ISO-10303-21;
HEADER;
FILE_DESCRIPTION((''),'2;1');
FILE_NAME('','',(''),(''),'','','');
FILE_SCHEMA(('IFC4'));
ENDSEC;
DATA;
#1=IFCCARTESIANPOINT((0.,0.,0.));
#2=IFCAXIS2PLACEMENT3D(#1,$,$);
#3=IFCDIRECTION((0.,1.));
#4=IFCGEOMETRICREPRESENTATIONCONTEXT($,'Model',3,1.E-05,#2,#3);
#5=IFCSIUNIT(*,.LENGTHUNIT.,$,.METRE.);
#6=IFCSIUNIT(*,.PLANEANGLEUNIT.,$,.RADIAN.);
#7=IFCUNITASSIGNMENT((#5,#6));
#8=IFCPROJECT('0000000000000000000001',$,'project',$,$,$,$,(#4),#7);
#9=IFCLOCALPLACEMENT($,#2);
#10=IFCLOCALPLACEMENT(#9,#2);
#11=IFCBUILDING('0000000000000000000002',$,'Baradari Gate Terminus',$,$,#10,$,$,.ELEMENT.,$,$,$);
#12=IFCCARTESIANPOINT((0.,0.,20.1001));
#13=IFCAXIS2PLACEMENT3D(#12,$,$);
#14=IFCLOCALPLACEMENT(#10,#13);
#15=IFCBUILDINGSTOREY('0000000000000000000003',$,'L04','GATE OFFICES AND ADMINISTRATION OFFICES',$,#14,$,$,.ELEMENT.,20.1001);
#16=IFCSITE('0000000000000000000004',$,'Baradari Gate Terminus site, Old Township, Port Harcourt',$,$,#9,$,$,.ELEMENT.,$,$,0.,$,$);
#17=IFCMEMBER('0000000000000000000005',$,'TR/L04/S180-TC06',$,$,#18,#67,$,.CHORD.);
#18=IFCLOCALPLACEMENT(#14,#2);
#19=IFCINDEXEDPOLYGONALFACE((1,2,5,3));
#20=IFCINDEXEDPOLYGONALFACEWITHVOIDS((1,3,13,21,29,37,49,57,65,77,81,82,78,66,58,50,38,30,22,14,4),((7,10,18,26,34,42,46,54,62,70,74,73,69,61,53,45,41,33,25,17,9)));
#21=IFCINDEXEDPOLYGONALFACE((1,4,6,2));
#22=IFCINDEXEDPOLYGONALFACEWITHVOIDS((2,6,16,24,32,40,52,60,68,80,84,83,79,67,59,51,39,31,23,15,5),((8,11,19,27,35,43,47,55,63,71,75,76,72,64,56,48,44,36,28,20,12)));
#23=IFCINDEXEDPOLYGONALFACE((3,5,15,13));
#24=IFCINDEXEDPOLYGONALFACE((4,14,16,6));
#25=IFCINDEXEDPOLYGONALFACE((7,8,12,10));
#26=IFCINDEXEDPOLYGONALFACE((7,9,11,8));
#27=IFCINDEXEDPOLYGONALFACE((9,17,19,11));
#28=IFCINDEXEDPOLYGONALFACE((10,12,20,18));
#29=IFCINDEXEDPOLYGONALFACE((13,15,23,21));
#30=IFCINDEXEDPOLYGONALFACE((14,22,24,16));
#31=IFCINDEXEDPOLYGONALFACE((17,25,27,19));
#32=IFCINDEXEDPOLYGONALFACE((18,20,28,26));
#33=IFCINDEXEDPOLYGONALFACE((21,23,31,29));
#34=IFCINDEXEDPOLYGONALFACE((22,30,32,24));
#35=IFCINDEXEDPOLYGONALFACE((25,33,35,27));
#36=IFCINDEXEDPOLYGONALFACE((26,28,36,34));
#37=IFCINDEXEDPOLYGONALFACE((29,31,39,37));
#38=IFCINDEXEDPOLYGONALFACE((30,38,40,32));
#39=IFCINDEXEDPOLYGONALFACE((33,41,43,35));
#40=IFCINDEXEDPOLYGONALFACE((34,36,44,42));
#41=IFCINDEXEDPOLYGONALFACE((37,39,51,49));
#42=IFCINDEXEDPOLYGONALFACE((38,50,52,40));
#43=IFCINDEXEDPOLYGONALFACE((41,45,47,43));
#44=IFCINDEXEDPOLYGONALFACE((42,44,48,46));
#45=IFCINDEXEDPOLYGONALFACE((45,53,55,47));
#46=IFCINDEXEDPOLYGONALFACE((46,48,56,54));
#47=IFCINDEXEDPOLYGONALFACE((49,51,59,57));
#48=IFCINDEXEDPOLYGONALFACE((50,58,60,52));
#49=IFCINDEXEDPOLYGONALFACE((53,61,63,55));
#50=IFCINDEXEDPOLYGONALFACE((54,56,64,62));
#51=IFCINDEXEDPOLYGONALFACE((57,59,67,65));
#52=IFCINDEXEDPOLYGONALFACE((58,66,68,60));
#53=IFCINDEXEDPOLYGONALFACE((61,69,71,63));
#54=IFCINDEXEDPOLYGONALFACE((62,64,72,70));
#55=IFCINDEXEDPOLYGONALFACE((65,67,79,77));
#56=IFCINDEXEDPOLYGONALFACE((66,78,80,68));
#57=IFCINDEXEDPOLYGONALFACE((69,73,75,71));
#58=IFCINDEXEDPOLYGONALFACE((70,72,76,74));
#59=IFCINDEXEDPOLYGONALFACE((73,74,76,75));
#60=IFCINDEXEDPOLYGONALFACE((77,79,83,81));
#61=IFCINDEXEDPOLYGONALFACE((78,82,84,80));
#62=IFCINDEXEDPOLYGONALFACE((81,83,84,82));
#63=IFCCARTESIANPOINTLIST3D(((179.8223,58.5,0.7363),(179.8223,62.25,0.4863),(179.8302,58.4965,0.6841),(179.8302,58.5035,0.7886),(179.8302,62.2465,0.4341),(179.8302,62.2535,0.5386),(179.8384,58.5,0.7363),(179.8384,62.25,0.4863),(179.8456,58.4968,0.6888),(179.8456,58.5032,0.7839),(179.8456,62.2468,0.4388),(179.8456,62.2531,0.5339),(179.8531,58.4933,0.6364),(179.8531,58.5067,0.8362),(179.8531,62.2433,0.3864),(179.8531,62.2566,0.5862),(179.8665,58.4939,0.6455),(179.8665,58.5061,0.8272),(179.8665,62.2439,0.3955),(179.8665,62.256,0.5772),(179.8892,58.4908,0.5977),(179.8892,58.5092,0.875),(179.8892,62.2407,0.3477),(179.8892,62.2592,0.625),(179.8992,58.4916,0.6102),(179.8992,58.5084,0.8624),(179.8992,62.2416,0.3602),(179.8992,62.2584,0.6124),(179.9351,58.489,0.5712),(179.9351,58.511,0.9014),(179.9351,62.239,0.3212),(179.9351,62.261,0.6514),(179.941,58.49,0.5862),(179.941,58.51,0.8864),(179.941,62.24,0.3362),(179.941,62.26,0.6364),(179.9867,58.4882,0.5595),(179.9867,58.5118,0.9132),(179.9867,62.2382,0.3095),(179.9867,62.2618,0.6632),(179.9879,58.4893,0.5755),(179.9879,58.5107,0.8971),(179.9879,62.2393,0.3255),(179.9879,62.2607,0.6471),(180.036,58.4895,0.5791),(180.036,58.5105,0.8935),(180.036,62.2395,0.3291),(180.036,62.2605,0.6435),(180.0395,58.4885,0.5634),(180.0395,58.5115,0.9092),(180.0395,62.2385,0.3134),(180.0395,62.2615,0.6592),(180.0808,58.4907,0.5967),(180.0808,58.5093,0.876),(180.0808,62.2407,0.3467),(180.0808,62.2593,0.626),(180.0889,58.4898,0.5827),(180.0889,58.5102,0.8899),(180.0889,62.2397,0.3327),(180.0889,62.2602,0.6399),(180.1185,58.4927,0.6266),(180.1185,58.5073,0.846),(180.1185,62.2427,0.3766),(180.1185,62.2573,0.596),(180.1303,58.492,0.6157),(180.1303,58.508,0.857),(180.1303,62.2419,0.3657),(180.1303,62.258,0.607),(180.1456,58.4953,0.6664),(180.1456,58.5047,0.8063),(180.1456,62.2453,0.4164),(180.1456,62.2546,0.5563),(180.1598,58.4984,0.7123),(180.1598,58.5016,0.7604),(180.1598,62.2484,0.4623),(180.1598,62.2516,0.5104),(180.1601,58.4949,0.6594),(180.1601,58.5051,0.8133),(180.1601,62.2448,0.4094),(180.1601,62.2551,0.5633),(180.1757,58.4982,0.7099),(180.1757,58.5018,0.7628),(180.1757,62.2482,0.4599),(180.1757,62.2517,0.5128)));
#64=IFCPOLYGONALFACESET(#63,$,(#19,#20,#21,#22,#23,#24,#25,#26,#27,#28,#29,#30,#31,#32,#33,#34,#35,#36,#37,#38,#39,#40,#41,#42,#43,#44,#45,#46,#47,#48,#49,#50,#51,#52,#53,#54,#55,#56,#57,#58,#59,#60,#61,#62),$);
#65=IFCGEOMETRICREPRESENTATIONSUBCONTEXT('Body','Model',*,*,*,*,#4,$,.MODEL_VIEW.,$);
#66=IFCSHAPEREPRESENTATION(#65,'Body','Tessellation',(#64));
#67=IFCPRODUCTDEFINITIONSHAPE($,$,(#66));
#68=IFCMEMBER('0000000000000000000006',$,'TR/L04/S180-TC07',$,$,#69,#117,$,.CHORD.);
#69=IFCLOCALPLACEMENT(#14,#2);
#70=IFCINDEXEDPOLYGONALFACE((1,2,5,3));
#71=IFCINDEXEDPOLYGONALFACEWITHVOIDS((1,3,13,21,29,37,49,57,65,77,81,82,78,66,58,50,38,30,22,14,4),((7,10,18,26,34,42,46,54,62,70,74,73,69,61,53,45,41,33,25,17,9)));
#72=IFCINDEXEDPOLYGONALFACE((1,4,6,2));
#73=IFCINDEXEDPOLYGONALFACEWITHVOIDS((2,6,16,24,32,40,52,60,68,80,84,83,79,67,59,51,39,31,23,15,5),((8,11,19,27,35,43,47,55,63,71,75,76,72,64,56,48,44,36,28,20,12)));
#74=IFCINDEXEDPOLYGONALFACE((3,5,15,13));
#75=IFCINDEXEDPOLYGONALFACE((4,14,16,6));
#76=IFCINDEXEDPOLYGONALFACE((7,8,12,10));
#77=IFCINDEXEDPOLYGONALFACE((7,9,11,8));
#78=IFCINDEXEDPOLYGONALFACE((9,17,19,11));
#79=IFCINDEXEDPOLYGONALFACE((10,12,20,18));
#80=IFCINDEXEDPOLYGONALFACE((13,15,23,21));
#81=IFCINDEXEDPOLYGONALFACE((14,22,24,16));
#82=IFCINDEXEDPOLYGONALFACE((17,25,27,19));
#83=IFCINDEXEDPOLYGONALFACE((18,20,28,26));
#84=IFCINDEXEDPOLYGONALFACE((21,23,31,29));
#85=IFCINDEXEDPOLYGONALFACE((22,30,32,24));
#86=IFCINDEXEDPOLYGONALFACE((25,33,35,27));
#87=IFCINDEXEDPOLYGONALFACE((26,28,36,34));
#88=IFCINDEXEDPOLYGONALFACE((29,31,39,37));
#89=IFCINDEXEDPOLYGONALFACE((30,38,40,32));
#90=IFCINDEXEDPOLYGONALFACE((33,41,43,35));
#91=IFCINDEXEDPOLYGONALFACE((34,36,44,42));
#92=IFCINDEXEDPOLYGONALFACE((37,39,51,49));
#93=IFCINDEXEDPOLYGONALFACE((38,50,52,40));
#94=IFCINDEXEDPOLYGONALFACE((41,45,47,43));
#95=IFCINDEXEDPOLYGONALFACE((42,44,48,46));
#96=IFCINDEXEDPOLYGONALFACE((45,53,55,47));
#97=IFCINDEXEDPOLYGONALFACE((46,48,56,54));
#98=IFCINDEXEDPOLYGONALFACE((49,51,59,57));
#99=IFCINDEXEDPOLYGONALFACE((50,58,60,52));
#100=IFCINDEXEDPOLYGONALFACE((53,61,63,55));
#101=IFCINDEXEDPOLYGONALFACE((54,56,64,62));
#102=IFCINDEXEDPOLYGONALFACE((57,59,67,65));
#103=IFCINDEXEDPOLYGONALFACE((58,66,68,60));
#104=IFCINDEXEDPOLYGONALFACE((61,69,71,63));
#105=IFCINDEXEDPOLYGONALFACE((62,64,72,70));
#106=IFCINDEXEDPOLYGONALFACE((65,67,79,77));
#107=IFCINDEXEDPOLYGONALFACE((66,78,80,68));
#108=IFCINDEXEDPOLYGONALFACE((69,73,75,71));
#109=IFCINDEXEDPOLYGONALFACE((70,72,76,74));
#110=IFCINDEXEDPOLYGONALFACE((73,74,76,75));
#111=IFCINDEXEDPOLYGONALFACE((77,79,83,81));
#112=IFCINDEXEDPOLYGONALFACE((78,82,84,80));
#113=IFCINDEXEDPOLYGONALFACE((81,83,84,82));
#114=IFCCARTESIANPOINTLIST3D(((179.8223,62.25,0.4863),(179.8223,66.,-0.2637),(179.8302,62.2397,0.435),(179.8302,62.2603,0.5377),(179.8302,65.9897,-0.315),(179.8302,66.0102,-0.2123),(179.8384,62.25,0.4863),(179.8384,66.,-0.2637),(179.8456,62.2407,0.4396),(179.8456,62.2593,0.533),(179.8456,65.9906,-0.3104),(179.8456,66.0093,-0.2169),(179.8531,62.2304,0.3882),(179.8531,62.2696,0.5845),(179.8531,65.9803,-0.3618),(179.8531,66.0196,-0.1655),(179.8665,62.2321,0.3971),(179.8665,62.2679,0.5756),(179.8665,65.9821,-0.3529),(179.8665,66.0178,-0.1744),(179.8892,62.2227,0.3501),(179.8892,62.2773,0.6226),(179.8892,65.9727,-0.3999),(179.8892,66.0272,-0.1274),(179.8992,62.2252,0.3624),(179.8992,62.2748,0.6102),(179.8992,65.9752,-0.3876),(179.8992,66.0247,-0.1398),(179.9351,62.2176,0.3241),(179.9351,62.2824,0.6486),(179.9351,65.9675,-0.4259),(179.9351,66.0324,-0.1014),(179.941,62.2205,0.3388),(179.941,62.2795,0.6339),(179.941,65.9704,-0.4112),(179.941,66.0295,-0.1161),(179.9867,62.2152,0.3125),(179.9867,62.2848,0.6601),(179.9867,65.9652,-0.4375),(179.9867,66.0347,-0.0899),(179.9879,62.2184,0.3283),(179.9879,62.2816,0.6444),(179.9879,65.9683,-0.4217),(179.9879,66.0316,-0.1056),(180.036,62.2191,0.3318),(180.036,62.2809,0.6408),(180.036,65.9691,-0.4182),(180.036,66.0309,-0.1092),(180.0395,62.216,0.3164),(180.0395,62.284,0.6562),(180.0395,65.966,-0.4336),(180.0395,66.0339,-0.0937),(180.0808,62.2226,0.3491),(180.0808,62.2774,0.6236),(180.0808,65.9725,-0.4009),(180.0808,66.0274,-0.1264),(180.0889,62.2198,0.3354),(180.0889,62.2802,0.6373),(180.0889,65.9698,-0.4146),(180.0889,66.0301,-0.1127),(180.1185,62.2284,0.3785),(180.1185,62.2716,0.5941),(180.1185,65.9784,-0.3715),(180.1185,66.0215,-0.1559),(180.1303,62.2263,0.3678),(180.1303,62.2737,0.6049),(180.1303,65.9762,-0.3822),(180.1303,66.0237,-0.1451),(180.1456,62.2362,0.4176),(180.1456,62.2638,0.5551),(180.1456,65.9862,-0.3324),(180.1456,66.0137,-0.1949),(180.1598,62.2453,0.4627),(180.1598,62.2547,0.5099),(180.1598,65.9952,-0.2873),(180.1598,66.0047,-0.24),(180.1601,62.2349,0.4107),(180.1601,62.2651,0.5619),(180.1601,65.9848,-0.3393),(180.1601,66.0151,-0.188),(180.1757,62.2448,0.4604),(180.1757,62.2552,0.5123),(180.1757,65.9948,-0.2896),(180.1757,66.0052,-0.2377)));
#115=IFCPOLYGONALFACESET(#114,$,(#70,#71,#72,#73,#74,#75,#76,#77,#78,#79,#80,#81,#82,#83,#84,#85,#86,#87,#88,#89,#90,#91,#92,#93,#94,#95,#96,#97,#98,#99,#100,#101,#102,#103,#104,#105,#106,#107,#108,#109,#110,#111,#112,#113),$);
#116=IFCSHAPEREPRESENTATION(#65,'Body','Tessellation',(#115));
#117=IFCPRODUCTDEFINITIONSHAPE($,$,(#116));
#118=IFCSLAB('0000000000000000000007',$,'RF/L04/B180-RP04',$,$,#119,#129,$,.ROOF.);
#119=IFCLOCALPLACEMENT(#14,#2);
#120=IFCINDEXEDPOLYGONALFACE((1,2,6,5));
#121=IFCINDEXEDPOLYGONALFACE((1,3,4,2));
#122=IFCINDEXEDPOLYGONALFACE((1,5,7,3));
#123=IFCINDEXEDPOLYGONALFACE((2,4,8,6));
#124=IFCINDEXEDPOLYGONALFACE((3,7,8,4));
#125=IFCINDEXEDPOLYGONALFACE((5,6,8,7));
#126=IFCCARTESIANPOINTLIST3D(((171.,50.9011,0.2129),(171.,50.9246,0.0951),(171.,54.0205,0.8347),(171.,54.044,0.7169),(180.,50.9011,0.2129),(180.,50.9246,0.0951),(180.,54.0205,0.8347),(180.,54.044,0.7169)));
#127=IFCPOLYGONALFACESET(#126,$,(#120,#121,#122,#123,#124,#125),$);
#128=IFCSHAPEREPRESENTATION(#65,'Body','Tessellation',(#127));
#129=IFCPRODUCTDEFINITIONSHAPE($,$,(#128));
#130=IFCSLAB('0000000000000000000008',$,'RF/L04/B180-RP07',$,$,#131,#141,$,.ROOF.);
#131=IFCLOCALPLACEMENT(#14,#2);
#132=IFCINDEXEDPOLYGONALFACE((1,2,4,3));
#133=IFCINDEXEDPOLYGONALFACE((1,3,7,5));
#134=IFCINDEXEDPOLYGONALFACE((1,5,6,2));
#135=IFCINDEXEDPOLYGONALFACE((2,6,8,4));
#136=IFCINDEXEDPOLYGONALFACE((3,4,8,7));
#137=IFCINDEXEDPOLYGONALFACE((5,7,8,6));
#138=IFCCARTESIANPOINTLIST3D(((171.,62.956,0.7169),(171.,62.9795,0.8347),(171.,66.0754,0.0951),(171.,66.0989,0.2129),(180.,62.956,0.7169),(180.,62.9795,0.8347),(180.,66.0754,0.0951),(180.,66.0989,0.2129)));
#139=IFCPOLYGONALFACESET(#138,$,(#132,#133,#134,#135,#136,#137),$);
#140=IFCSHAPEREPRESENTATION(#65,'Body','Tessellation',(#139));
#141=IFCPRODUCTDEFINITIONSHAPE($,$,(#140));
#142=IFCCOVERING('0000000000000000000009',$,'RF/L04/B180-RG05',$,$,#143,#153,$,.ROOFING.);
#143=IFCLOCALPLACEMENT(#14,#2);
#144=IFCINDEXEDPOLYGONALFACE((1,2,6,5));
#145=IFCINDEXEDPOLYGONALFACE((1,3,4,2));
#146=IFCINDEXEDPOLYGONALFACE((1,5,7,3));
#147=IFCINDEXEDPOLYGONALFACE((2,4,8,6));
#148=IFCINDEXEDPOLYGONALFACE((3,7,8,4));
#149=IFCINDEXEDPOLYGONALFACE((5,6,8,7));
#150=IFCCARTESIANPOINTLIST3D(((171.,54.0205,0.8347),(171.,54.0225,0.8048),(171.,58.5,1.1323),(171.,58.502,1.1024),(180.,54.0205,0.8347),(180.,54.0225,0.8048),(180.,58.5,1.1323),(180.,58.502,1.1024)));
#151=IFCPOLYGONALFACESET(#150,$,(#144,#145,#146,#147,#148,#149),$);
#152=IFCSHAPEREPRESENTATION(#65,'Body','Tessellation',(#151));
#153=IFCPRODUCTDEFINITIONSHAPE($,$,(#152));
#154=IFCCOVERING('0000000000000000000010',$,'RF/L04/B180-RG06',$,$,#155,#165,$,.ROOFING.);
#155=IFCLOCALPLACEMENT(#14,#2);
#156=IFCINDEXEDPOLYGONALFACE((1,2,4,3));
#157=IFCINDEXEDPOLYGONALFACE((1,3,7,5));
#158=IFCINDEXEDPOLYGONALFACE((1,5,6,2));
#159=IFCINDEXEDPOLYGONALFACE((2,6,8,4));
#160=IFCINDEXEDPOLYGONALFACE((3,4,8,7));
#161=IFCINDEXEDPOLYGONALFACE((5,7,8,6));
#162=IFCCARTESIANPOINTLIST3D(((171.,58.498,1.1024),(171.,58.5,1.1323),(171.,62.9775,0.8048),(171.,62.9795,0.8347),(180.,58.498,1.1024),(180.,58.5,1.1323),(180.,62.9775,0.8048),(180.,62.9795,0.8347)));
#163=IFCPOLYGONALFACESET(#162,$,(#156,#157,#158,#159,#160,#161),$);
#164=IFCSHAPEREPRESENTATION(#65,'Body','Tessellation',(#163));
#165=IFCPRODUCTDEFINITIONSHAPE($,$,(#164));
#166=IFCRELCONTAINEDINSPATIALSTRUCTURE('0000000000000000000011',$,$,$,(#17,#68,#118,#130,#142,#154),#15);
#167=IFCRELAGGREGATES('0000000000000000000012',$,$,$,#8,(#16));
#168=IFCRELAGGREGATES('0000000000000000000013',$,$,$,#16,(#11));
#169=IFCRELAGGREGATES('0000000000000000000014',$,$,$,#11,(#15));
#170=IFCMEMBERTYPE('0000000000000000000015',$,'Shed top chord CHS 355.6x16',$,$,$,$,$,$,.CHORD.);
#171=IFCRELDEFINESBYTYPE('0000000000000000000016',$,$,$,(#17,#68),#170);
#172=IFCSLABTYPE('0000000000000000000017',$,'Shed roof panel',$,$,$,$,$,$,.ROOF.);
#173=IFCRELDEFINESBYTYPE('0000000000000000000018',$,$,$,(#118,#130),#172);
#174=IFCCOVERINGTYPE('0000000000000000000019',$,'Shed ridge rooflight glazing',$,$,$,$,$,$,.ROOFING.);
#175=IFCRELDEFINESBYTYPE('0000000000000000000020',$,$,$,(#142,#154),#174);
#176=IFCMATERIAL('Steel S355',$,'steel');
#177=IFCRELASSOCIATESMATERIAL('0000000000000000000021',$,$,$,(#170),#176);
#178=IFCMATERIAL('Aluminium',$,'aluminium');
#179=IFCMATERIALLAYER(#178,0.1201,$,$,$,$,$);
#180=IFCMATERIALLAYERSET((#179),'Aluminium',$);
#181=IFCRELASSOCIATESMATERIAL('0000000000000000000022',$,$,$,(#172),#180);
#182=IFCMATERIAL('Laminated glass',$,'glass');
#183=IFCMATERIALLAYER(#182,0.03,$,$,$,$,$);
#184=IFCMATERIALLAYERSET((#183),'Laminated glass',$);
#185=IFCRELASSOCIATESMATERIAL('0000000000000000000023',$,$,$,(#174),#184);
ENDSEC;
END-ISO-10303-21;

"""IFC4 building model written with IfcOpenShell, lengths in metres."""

from ifc_helpers import new_model, si_unit, direction, frame, origin, origin_2d, place, context, subcontext, project, spatial, polyline, hollow_circle, outline, extrude, material, layer, layer_set, material_profile, profile_set, type_object, element, save


model = new_model("IFC4")

# Units and contexts
model_context = context("Model", 3, precision=1e-05, world=origin(), true_north=direction((0.0, 1.0)))
body_context = subcontext(model_context, "Body", "Model", "MODEL_VIEW")
ifc_project = project(units=[si_unit("LENGTHUNIT", "METRE"), si_unit("PLANEANGLEUNIT", "RADIAN")], contexts=[model_context])

# Site, building, storey
site_placement = place(None, origin())
site = spatial("IfcSite", under=ifc_project, at=site_placement, Name="Baradari Gate Terminus site, Old Township, Port Harcourt", CompositionType="ELEMENT", RefElevation=0.0)
building_placement = place(site_placement, origin())
building = spatial("IfcBuilding", under=site, at=building_placement, Name="Baradari Gate Terminus", CompositionType="ELEMENT")
storey_placement = place(building_placement, frame((0.0, 0.0, 20.1001)))
storey = spatial("IfcBuildingStorey", under=building, at=storey_placement, Name="L04", Description="GATE OFFICES AND ADMINISTRATION OFFICES", CompositionType="ELEMENT", Elevation=20.1001)

# Members
ifc_material_1 = material(Name="Steel S355", Category="steel")
ifc_material_profile_1 = material_profile(ifc_material_1, hollow_circle(Radius=0.1777, WallThickness=0.0161, at=origin_2d()), Name="CHS 355.6x16")
ifc_profile_set_1 = profile_set([ifc_material_profile_1], Name="Steel S355")
member_type_1 = type_object("IfcMemberType", Name="Shed top chord CHS 355.6x16", PredefinedType="CHORD", material=ifc_profile_set_1)
for number, where, z_axis, x_axis, name in (
    (1, (180.0, 58.5, 0.7363), (0.0, 0.997785, -0.066519), (-1.0, 0.0, 0.0), "TR/L04/S180-TC06"),
):
    element("IfcMember", number, at=place(storey_placement, frame(where, z_axis=z_axis, x_axis=x_axis)), inside=storey, type_object=member_type_1, Name=name, PredefinedType="CHORD", context=body_context, shape_type="SweptSolid", body=[
        extrude(hollow_circle(Radius=0.1777, WallThickness=0.0161, at=origin_2d()), origin(), (0.0, 0.0, 1.0), 3.7583),
    ])
member_1_placement = place(storey_placement, frame((180.0, 62.25, 0.4863), z_axis=(0.0, 0.980581, -0.196116), x_axis=(-1.0, 0.0, 0.0)))
element("IfcMember", 2, at=member_1_placement, inside=storey, type_object=member_type_1, Name="TR/L04/S180-TC07", PredefinedType="CHORD", context=body_context, shape_type="SweptSolid", body=[
    extrude(hollow_circle(Radius=0.1777, WallThickness=0.0161, at=origin_2d()), origin(), (0.0, 0.0, 1.0), 3.8242),
])

# Slabs
ifc_material_2 = material(Name="Aluminium", Category="aluminium")
ifc_layer_1 = layer(ifc_material_2, 0.1201)
ifc_layer_set_1 = layer_set([ifc_layer_1], Name="Aluminium")
slab_type = type_object("IfcSlabType", Name="Shed roof panel", PredefinedType="ROOF", material=ifc_layer_set_1)
for number, where, z_axis, x_axis, name in (
    (3, (171.0, 50.9011, 0.2129), (0.0, -0.195496, 0.980704), (1.0, 0.0, 0.0), "RF/L04/B180-RP04"),
    (4, (171.0, 62.9795, 0.8347), (0.0, 0.195496, 0.980704), (1.0, 0.0, 0.0), "RF/L04/B180-RP07"),
):
    element("IfcSlab", number, at=place(storey_placement, frame(where, z_axis=z_axis, x_axis=x_axis)), inside=storey, type_object=slab_type, Name=name, PredefinedType="ROOF", context=body_context, shape_type="SweptSolid", body=[
        extrude(outline(polyline([(0.0, 0.0), (9.0, 0.0), (9.0, 3.1808), (0.0, 3.1808), (0.0, 0.0)])), origin(), (0.0, 0.0, -1.0), 0.1201),
    ])

# Coverings
ifc_material_3 = material(Name="Laminated glass", Category="glass")
ifc_layer_2 = layer(ifc_material_3, 0.03)
ifc_layer_set_2 = layer_set([ifc_layer_2], Name="Laminated glass")
covering_type = type_object("IfcCoveringType", Name="Shed ridge rooflight glazing", PredefinedType="ROOFING", material=ifc_layer_set_2)
for number, where, z_axis, x_axis, name in (
    (5, (171.0, 54.0205, 0.8347), (0.0, -0.066292, 0.9978), (1.0, 0.0, 0.0), "RF/L04/B180-RG05"),
    (6, (171.0, 58.5, 1.1323), (0.0, 0.066292, 0.9978), (1.0, 0.0, 0.0), "RF/L04/B180-RG06"),
):
    element("IfcCovering", number, at=place(storey_placement, frame(where, z_axis=z_axis, x_axis=x_axis)), inside=storey, type_object=covering_type, Name=name, PredefinedType="ROOFING", context=body_context, shape_type="SweptSolid", body=[
        extrude(outline(polyline([(0.0, 0.0), (9.0, 0.0), (9.0, 4.4894), (0.0, 4.4894), (0.0, 0.0)])), origin(), (0.0, 0.0, -1.0), 0.03),
    ])

save(model, "model.ifc")
